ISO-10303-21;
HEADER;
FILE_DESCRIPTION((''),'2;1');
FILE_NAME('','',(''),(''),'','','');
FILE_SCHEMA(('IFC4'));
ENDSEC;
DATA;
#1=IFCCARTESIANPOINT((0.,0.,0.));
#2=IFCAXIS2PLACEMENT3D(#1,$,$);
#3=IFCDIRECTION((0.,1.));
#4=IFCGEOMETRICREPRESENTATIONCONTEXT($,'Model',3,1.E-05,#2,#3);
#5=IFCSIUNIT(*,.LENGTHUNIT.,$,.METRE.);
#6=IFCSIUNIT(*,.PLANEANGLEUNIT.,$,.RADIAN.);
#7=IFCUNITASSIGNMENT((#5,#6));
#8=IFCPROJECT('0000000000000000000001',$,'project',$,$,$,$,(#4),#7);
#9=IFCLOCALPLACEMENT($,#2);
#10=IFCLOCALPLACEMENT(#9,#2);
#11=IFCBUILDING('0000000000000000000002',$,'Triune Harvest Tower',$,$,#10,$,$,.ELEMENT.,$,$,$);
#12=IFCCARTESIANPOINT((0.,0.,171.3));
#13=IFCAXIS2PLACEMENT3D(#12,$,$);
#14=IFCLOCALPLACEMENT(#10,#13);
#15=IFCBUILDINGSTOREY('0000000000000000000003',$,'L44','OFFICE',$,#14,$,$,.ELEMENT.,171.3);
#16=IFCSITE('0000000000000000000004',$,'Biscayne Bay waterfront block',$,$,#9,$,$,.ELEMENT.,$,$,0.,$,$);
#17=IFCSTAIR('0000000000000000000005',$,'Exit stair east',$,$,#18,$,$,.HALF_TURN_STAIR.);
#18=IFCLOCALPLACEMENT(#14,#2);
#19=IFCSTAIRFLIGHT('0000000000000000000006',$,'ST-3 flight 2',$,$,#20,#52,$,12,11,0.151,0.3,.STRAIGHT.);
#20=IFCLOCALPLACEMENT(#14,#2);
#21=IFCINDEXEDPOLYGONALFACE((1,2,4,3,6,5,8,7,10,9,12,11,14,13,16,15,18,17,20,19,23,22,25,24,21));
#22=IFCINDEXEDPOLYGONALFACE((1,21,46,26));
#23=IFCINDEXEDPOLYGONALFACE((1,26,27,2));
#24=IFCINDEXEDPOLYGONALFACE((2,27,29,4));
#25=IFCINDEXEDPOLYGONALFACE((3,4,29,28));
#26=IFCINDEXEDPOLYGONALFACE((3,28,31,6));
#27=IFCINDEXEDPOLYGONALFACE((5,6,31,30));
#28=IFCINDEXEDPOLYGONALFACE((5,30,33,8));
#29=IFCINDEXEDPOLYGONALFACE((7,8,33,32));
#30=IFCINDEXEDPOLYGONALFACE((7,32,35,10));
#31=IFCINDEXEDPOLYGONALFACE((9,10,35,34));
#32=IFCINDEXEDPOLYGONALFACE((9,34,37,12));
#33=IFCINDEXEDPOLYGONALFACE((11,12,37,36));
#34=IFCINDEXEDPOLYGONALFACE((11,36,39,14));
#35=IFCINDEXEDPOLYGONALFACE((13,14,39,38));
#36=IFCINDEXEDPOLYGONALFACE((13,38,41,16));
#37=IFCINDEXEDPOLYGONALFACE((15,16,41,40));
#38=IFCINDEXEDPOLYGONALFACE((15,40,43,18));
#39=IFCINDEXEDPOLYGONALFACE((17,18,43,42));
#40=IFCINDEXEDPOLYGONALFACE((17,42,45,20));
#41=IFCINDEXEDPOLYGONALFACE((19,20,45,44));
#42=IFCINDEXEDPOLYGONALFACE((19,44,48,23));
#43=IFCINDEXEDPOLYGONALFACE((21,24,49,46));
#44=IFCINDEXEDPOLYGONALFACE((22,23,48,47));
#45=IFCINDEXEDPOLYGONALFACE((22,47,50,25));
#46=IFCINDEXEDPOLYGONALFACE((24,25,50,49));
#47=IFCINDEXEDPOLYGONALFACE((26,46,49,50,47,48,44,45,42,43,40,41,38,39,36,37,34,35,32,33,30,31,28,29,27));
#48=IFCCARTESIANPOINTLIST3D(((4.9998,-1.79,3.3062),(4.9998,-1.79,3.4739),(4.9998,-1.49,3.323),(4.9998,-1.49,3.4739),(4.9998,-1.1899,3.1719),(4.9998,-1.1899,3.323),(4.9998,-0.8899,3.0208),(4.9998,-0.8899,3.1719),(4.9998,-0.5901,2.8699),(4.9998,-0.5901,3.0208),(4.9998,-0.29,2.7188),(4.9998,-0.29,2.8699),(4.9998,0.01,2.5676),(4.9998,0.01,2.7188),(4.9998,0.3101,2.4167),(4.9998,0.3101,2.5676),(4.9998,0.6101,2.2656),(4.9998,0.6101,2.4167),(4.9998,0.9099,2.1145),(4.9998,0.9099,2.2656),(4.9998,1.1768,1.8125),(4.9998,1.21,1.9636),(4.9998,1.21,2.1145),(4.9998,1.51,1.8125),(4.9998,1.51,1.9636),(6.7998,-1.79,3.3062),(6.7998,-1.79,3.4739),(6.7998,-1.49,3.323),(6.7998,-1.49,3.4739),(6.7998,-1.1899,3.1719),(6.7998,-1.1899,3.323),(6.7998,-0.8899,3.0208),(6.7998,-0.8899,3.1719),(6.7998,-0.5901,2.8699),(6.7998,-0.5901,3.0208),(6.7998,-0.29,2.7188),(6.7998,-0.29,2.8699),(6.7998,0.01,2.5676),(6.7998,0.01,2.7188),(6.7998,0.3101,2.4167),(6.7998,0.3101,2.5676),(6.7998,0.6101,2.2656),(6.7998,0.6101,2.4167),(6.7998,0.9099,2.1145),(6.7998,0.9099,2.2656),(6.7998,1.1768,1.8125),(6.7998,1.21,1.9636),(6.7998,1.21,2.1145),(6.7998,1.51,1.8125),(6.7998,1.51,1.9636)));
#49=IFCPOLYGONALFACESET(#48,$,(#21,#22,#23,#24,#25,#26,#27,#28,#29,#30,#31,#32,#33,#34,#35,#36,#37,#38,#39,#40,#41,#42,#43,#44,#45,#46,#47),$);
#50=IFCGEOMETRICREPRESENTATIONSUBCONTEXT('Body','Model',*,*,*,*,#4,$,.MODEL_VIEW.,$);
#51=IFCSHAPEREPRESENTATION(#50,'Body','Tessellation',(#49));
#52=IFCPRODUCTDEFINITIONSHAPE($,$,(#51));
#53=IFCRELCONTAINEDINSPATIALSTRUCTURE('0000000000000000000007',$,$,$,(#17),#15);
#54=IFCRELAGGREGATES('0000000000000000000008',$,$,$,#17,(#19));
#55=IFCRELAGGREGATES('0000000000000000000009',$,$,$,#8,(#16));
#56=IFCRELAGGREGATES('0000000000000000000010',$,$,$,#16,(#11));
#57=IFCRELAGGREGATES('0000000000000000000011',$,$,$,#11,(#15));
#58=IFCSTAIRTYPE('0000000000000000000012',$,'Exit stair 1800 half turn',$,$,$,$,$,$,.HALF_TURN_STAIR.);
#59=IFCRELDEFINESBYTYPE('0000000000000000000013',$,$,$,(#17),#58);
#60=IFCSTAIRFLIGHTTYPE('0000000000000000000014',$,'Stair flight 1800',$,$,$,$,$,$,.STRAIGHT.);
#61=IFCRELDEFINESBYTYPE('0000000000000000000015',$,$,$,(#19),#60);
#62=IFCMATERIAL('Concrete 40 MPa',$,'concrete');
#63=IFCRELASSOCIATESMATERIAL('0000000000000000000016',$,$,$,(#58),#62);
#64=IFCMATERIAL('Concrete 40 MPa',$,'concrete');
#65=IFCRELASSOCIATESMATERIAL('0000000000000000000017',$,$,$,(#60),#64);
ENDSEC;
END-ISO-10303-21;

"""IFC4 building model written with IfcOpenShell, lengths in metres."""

from ifc_helpers import new_model, si_unit, direction, frame, origin, place, context, subcontext, project, spatial, polyline, outline, extrude, source, transform, mapped, material, type_object, element, aggregate, save


model = new_model("IFC4")

# Units and contexts
model_context = context("Model", 3, precision=1e-05, world=origin(), true_north=direction((0.0, 1.0)))
body_context = subcontext(model_context, "Body", "Model", "MODEL_VIEW")
ifc_project = project(units=[si_unit("LENGTHUNIT", "METRE"), si_unit("PLANEANGLEUNIT", "RADIAN")], contexts=[model_context])

# Site, building, storey
site_placement = place(None, origin())
site = spatial("IfcSite", under=ifc_project, at=site_placement, Name="Biscayne Bay waterfront block", CompositionType="ELEMENT", RefElevation=0.0)
building_placement = place(site_placement, origin())
building = spatial("IfcBuilding", under=site, at=building_placement, Name="Triune Harvest Tower", CompositionType="ELEMENT")
storey_placement = place(building_placement, frame((0.0, 0.0, 171.3)))
storey = spatial("IfcBuildingStorey", under=building, at=storey_placement, Name="L44", Description="OFFICE", CompositionType="ELEMENT", Elevation=171.3)

# Stair, stair flight
ifc_material_1 = material(Name="Concrete 40 MPa", Category="concrete")
stair_type = type_object("IfcStairType", Name="Exit stair 1800 half turn", PredefinedType="HALF_TURN_STAIR", material=ifc_material_1)
stair_placement = place(storey_placement, origin())
stair = element("IfcStair", 1, at=stair_placement, inside=storey, type_object=stair_type, Name="Exit stair east", PredefinedType="HALF_TURN_STAIR")
ifc_material_2 = material(Name="Concrete 40 MPa", Category="concrete")
stair_flight_type = type_object("IfcStairFlightType", Name="Stair flight 1800", PredefinedType="STRAIGHT", material=ifc_material_2)
shared_shape_1 = source(origin(), body_context, "Body", "SweptSolid", [
    extrude(outline(polyline([(0.0, 0.0), (0.0, 0.1511), (0.3, 0.1511), (0.3, 0.302), (0.6001, 0.302), (0.6001, 0.4531), (0.8999, 0.4531), (0.8999, 0.6042), (1.2, 0.6042), (1.2, 0.7551), (1.5, 0.7551), (1.5, 0.9062), (1.8, 0.9062), (1.8, 1.0574), (2.1001, 1.0574), (2.1001, 1.2083), (2.3999, 1.2083), (2.3999, 1.3594), (2.7, 1.3594), (2.7, 1.5105), (3.0, 1.5105), (3.0, 1.6614), (3.3, 1.6614), (3.3, 1.8125), (3.3, 1.4937), (0.3333, 0.0), (0.0, 0.0)])), frame((0.0, 0.8999, 0.0), z_axis=(0.0, -1.0, 0.0), x_axis=(1.0, 0.0, 0.0)), (0.0, 0.0, 1.0), 1.8),
])
stair_flight_1_placement = place(storey_placement, frame((5.8999, 1.51, 1.8125), z_axis=(0.0, 0.0, 1.0), x_axis=(0.0, -1.0, 0.0)))
stair_flight_1 = element("IfcStairFlight", 2, at=stair_flight_1_placement, type_object=stair_flight_type, Name="ST-3 flight 2", NumberOfRisers=12, NumberOfTreads=11, PredefinedType="STRAIGHT", RiserHeight=0.151, TreadLength=0.3, context=body_context, shape_type="MappedRepresentation", body=[
    mapped(shared_shape_1, transform((0.0, 0.0, 0.0), scale=1.0)),
])
aggregate(stair, [stair_flight_1])

save(model, "model.ifc")
